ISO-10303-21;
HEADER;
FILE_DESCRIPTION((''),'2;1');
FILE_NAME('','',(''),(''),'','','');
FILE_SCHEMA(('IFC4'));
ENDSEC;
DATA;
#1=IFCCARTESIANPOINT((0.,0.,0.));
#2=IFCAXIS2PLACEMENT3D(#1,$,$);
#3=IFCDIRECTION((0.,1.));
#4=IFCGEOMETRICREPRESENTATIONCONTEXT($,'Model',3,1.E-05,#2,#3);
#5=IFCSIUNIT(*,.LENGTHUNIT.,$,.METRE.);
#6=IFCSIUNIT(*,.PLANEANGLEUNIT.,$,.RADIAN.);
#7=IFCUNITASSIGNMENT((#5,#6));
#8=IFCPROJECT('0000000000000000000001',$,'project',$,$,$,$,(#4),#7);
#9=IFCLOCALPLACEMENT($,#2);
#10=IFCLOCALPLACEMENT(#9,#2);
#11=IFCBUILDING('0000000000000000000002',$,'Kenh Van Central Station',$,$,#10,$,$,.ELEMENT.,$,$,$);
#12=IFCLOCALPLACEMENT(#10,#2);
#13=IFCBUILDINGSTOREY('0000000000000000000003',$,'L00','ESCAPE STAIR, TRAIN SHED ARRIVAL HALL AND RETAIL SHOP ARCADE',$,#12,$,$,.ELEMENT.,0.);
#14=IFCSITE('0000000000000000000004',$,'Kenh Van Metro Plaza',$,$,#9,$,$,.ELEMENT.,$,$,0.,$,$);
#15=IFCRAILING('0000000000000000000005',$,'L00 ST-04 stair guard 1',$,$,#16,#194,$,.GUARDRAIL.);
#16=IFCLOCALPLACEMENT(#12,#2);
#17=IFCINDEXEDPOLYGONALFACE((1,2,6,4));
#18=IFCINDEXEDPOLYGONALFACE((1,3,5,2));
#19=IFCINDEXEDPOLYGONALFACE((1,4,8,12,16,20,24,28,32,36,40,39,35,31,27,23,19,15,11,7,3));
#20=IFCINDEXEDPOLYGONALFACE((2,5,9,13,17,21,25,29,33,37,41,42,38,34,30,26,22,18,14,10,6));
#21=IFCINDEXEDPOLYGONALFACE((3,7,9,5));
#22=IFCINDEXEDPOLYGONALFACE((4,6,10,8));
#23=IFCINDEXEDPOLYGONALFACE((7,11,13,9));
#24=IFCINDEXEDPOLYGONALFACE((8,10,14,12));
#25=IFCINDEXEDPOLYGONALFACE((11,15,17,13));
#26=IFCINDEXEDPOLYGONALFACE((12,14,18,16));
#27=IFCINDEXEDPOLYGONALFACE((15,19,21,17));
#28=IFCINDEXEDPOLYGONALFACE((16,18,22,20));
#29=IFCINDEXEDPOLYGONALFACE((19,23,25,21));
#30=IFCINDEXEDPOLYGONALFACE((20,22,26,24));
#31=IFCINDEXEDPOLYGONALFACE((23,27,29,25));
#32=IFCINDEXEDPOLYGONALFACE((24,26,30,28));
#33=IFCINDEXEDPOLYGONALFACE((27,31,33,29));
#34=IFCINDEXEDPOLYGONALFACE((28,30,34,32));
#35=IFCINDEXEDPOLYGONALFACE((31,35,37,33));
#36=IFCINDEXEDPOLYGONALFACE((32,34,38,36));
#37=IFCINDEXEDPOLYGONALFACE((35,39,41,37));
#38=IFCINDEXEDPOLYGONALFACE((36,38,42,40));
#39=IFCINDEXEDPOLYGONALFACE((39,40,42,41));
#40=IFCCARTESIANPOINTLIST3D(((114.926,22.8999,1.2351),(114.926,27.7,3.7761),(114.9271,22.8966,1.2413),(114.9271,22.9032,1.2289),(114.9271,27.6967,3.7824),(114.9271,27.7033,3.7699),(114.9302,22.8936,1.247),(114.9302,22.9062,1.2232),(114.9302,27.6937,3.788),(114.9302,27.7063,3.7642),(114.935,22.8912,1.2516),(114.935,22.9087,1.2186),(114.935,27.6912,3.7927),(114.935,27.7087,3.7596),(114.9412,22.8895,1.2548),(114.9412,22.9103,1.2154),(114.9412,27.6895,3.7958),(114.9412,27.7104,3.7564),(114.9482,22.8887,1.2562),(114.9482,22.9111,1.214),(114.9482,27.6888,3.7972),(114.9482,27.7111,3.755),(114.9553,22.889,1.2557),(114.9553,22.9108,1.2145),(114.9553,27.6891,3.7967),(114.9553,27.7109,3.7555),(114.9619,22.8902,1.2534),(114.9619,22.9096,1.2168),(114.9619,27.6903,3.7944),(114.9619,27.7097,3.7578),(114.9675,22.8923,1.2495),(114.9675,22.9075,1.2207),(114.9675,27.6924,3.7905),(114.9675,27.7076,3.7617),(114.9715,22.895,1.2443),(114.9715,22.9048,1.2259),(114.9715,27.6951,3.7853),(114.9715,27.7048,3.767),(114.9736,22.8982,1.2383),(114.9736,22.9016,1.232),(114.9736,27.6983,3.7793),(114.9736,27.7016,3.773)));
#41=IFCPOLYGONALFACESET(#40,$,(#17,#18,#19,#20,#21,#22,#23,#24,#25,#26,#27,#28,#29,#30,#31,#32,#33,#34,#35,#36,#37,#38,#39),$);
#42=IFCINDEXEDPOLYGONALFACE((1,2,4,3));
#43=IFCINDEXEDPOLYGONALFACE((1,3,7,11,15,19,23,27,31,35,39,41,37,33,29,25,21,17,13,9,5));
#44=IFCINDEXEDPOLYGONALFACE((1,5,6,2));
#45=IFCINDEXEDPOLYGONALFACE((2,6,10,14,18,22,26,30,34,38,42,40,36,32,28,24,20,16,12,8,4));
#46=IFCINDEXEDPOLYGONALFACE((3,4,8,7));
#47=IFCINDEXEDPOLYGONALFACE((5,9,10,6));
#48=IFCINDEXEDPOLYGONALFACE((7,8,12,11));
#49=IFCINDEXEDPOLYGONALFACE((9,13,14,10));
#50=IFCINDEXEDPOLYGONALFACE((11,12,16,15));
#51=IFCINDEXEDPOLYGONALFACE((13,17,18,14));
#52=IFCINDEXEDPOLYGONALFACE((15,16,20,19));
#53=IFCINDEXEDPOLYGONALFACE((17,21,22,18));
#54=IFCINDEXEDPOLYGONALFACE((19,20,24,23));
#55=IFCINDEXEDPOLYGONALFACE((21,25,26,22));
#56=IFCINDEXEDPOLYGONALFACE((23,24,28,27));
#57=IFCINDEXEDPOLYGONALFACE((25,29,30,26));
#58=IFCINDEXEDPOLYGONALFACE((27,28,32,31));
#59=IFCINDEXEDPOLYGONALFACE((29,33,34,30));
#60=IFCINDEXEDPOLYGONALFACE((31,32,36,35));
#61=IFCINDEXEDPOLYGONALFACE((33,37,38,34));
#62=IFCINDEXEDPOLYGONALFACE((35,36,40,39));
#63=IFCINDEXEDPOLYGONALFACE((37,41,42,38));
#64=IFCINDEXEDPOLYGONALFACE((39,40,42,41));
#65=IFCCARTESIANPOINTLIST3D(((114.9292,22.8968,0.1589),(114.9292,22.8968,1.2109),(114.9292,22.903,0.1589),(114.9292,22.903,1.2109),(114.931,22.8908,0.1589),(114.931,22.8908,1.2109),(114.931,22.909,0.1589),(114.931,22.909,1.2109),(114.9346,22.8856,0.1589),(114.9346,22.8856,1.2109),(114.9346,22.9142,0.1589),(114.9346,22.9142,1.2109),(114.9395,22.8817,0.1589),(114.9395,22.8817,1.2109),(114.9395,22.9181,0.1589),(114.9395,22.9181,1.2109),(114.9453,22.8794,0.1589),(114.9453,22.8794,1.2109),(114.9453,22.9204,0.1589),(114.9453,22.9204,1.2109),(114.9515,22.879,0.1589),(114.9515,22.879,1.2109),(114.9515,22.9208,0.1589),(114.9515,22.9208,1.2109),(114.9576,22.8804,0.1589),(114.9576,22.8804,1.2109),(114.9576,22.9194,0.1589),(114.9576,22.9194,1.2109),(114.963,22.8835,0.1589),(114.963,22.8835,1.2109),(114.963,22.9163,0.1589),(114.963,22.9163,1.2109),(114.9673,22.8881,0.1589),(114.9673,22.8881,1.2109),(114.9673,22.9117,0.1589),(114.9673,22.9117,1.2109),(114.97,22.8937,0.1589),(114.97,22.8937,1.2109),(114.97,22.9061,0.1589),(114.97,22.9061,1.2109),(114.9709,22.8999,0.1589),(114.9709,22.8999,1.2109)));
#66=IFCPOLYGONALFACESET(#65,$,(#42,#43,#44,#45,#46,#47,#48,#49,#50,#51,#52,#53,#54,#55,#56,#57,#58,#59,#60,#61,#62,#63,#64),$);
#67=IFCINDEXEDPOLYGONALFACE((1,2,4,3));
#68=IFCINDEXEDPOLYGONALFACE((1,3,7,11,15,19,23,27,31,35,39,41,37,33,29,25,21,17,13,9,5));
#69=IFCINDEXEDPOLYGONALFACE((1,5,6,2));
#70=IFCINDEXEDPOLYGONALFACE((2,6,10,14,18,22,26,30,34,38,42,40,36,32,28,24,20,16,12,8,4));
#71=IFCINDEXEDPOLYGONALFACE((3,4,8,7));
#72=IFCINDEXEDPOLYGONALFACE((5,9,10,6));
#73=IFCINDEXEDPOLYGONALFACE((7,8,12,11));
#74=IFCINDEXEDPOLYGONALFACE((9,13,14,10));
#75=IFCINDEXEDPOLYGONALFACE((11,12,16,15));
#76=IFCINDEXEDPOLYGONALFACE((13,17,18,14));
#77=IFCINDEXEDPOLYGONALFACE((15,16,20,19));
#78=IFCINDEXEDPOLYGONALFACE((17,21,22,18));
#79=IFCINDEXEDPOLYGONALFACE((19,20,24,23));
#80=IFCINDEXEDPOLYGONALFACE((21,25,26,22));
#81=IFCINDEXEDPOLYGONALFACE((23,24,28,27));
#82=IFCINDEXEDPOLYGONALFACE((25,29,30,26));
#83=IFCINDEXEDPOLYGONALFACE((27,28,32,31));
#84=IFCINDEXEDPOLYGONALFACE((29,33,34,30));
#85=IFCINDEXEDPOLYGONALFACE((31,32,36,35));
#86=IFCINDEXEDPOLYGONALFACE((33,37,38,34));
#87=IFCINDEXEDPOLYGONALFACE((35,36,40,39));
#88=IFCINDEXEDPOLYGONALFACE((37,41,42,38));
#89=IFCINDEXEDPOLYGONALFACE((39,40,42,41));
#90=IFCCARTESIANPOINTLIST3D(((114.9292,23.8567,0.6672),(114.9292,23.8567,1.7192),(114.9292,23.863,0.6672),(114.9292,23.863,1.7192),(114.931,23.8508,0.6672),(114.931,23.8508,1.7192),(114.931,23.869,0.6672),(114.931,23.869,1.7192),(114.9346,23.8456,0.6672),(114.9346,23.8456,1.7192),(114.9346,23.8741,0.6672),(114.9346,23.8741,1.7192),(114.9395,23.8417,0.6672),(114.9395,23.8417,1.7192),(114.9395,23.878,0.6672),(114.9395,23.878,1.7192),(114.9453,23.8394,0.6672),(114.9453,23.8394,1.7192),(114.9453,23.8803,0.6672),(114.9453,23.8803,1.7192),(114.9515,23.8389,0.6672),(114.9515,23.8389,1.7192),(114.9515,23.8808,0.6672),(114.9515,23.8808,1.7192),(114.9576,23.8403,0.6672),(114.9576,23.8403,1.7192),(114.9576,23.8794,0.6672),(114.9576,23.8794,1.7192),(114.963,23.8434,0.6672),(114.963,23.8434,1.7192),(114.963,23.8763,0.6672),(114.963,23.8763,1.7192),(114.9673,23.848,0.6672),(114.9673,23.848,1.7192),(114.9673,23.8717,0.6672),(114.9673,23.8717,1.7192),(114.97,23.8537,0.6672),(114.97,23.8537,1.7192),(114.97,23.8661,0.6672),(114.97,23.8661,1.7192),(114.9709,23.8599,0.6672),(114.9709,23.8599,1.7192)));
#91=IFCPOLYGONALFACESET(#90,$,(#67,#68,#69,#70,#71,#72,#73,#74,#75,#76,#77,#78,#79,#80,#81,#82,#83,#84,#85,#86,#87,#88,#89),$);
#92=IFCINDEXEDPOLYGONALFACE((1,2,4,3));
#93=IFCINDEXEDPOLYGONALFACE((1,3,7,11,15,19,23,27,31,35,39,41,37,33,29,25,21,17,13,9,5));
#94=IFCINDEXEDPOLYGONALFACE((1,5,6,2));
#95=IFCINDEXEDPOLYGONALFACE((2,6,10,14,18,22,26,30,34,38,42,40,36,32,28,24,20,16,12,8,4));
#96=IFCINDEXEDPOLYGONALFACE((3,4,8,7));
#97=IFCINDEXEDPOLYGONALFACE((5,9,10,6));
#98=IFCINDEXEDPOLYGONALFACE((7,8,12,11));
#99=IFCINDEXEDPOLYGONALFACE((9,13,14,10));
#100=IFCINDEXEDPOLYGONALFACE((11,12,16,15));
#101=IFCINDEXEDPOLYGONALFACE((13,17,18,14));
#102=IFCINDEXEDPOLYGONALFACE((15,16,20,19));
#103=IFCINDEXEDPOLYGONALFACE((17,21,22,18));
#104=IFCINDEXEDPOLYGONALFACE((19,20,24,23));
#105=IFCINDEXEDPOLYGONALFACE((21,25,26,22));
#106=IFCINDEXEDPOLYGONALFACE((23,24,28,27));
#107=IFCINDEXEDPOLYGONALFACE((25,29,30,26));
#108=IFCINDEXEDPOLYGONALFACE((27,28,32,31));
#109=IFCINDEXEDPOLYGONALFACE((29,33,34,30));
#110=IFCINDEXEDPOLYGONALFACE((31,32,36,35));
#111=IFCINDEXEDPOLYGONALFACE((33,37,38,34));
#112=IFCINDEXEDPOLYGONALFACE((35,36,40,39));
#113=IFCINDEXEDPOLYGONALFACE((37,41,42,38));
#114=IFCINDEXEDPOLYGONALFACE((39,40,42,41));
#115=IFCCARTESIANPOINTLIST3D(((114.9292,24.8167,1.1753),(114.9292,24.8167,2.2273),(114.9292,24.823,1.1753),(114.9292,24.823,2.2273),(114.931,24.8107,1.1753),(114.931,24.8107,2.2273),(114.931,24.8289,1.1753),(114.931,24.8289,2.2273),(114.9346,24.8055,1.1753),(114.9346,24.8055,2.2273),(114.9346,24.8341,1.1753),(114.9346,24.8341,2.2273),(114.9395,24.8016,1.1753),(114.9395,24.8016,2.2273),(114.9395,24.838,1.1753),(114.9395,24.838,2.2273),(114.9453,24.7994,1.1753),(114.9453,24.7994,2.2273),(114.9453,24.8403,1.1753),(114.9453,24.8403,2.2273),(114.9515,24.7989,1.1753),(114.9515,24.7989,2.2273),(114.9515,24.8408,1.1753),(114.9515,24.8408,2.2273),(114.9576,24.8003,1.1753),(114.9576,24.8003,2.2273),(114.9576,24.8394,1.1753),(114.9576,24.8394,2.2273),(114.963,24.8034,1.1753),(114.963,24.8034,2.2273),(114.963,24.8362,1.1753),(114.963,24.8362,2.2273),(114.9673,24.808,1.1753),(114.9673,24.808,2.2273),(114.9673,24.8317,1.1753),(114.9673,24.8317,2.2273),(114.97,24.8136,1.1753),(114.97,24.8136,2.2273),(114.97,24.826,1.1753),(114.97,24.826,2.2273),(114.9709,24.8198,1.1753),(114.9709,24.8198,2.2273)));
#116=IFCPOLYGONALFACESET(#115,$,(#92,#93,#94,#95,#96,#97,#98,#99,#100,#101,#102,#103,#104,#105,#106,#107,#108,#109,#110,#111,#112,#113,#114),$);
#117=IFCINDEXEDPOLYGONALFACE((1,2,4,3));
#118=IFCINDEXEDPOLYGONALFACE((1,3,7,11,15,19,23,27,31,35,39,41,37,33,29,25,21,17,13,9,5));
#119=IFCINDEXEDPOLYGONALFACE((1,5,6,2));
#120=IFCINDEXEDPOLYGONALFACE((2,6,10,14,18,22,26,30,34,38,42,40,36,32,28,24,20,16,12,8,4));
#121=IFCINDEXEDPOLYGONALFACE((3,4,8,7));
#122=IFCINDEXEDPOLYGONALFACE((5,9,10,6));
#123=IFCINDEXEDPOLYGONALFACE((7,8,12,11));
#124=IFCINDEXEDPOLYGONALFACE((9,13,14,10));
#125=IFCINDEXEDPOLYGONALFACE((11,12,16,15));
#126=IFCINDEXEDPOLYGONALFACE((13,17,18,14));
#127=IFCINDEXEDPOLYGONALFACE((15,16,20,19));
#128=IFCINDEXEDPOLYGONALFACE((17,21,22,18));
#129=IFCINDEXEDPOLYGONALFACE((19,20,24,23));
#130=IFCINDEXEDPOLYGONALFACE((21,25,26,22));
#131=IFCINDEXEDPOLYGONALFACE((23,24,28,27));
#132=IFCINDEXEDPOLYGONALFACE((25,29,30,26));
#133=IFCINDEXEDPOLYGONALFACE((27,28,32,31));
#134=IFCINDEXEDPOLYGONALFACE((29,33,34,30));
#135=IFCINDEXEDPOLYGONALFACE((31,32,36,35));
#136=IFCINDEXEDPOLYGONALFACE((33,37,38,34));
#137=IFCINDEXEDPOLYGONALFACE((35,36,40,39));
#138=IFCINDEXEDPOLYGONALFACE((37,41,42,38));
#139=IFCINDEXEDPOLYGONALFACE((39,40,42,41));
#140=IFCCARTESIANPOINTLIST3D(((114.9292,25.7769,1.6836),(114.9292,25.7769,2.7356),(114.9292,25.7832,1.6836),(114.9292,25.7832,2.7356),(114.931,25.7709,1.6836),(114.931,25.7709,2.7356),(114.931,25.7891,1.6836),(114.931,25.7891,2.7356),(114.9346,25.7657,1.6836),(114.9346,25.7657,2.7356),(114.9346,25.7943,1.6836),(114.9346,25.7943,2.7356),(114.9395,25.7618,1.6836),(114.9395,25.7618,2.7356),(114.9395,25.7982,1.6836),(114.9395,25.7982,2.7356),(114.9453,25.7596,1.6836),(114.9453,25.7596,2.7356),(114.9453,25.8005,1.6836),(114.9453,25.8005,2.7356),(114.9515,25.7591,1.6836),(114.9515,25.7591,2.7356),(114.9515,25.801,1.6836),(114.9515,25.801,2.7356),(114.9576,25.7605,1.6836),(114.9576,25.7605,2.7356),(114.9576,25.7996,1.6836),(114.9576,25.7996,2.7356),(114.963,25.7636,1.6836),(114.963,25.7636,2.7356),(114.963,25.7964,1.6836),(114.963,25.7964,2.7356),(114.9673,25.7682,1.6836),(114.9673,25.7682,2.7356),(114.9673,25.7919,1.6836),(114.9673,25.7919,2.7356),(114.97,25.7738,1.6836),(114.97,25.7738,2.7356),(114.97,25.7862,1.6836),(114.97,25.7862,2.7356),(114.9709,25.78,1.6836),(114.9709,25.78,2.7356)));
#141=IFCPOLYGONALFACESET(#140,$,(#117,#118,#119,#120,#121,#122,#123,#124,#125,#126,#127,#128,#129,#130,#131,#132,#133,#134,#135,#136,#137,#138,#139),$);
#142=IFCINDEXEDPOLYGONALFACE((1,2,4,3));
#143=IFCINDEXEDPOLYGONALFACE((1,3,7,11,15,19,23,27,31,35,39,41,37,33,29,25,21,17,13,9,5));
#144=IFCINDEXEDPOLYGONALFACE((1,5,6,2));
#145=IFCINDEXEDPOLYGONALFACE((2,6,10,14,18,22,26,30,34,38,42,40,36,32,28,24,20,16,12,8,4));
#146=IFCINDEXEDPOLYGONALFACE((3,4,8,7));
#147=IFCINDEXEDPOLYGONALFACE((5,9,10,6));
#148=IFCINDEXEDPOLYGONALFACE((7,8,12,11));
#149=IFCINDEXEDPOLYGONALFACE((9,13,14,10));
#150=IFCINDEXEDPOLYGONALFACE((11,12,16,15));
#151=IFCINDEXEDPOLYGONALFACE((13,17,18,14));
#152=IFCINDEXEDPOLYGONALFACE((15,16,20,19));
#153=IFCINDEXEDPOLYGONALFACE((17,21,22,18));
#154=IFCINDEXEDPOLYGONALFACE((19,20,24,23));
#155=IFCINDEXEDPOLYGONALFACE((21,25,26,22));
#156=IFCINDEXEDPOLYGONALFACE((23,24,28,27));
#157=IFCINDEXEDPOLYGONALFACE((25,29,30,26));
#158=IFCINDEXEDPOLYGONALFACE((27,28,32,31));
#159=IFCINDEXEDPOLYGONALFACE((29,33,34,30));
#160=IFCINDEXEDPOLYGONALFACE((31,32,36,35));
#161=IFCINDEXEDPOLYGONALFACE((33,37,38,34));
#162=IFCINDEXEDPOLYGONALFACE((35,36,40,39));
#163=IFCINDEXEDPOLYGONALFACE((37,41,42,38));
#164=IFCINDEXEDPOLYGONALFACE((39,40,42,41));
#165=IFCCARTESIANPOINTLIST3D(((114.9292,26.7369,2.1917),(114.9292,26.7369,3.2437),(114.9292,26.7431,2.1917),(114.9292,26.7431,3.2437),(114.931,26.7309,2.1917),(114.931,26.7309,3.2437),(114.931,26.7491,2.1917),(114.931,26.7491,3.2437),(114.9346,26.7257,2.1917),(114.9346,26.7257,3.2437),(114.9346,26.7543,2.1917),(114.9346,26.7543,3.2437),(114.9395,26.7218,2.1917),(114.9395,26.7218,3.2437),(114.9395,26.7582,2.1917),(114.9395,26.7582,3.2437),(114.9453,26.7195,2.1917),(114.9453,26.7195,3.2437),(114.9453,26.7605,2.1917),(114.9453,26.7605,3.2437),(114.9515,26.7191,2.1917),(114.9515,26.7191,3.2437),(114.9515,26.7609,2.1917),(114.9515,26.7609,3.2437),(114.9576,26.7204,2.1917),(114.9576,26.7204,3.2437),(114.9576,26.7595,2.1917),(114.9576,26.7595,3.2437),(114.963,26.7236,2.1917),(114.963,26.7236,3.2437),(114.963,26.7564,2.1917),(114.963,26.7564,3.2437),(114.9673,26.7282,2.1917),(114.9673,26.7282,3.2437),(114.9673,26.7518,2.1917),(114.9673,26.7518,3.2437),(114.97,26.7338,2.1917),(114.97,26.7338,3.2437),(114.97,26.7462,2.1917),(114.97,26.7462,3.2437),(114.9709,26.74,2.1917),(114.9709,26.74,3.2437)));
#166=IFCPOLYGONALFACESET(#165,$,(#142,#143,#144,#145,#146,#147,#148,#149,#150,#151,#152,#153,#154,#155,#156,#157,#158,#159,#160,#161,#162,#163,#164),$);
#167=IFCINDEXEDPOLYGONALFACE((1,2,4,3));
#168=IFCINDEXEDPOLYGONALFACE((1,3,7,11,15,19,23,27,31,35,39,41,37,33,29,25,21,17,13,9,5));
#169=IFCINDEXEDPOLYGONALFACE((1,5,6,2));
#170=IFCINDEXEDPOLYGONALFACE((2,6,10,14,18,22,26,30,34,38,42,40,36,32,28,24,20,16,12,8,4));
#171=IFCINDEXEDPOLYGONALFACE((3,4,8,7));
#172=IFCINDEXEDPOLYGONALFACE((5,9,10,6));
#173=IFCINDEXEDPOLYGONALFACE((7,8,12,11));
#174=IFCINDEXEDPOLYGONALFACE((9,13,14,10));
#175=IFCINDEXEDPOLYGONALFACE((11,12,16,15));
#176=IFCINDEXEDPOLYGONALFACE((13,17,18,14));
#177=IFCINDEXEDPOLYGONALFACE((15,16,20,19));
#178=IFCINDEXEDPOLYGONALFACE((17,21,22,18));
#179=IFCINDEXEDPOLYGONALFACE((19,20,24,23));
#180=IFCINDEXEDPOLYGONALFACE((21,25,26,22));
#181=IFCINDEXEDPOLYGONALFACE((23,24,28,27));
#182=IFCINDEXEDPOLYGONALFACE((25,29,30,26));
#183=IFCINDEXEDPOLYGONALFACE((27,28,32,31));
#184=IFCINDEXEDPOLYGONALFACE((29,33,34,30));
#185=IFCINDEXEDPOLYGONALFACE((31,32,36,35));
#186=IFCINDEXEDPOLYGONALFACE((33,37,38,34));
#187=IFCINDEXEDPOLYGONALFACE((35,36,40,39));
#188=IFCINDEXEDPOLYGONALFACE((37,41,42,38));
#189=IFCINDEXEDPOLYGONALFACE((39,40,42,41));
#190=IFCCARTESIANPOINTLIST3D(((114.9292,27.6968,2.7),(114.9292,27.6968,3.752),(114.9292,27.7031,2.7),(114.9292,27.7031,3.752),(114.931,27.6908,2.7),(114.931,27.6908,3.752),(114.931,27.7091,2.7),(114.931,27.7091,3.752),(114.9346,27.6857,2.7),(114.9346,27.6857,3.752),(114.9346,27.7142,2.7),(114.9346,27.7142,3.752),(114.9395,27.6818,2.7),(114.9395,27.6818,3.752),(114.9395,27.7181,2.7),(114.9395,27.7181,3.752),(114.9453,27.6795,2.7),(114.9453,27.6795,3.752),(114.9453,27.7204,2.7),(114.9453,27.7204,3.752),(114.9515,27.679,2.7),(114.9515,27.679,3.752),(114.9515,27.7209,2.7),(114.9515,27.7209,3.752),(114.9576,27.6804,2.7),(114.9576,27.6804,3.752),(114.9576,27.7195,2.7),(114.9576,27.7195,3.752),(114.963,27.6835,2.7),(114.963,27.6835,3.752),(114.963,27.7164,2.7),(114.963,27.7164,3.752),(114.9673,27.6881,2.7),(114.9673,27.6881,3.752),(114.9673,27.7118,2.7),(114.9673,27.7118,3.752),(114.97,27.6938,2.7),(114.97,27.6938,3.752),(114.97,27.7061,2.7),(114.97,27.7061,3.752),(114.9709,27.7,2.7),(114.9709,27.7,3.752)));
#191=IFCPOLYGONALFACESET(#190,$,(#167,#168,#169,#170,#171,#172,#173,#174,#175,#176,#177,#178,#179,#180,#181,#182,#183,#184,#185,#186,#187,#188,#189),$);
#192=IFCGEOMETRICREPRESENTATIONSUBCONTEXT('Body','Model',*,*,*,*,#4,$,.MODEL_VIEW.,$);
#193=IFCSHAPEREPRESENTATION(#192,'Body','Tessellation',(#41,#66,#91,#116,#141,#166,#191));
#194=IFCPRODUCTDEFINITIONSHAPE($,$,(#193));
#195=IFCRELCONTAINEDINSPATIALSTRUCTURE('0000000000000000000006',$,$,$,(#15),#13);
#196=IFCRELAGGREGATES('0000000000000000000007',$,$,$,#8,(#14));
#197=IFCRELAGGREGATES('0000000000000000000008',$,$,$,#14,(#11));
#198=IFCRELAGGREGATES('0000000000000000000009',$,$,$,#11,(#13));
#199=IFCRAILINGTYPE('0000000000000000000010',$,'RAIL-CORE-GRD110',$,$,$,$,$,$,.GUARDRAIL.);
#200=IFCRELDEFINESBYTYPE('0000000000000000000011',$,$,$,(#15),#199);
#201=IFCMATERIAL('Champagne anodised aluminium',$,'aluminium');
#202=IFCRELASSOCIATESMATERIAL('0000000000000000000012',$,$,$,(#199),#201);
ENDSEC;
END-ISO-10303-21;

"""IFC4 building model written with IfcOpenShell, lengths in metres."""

from ifc_helpers import new_model, si_unit, direction, frame, origin, origin_2d, place, context, subcontext, project, spatial, circle, extrude, material, type_object, element, save


model = new_model("IFC4")

# Units and contexts
model_context = context("Model", 3, precision=1e-05, world=origin(), true_north=direction((0.0, 1.0)))
body_context = subcontext(model_context, "Body", "Model", "MODEL_VIEW")
ifc_project = project(units=[si_unit("LENGTHUNIT", "METRE"), si_unit("PLANEANGLEUNIT", "RADIAN")], contexts=[model_context])

# Site, building, storey
site_placement = place(None, origin())
site = spatial("IfcSite", under=ifc_project, at=site_placement, Name="Kenh Van Metro Plaza", CompositionType="ELEMENT", RefElevation=0.0)
building_placement = place(site_placement, origin())
building = spatial("IfcBuilding", under=site, at=building_placement, Name="Kenh Van Central Station", CompositionType="ELEMENT")
storey_placement = place(building_placement, origin())
storey = spatial("IfcBuildingStorey", under=building, at=storey_placement, Name="L00", Description="ESCAPE STAIR, TRAIN SHED ARRIVAL HALL AND RETAIL SHOP ARCADE", CompositionType="ELEMENT", Elevation=0.0)

# Shared definitions
ifc_material_1 = material(Name="Champagne anodised aluminium", Category="aluminium")

# Railing
railing_type = type_object("IfcRailingType", Name="RAIL-CORE-GRD110", PredefinedType="GUARDRAIL", material=ifc_material_1)
railing_1_placement = place(storey_placement, frame((114.95, 22.8999, 0.1589)))
element("IfcRailing", 1, at=railing_1_placement, inside=storey, type_object=railing_type, Name="L00 ST-04 stair guard 1", PredefinedType="GUARDRAIL", context=body_context, shape_type="SweptSolid", body=[
    extrude(circle(Radius=0.0239, at=origin_2d()), frame((0.0, 0.0, 1.0762), z_axis=(0.0, 0.883802, 0.467861), x_axis=(-1.0, 0.0, 0.0)), (0.0, 0.0, 1.0), 5.4312),
    extrude(circle(Radius=0.021, at=origin_2d()), origin(), (0.0, 0.0, 1.0), 1.052),
    extrude(circle(Radius=0.021, at=origin_2d()), frame((0.0, 0.96, 0.5083)), (0.0, 0.0, 1.0), 1.052),
    extrude(circle(Radius=0.021, at=origin_2d()), frame((0.0, 1.9199, 1.0164)), (0.0, 0.0, 1.0), 1.052),
    extrude(circle(Radius=0.021, at=origin_2d()), frame((0.0, 2.8801, 1.5247)), (0.0, 0.0, 1.0), 1.052),
    extrude(circle(Radius=0.021, at=origin_2d()), frame((0.0, 3.8401, 2.0327)), (0.0, 0.0, 1.0), 1.052),
    extrude(circle(Radius=0.021, at=origin_2d()), frame((0.0, 4.8, 2.541)), (0.0, 0.0, 1.0), 1.052),
])

save(model, "model.ifc")
